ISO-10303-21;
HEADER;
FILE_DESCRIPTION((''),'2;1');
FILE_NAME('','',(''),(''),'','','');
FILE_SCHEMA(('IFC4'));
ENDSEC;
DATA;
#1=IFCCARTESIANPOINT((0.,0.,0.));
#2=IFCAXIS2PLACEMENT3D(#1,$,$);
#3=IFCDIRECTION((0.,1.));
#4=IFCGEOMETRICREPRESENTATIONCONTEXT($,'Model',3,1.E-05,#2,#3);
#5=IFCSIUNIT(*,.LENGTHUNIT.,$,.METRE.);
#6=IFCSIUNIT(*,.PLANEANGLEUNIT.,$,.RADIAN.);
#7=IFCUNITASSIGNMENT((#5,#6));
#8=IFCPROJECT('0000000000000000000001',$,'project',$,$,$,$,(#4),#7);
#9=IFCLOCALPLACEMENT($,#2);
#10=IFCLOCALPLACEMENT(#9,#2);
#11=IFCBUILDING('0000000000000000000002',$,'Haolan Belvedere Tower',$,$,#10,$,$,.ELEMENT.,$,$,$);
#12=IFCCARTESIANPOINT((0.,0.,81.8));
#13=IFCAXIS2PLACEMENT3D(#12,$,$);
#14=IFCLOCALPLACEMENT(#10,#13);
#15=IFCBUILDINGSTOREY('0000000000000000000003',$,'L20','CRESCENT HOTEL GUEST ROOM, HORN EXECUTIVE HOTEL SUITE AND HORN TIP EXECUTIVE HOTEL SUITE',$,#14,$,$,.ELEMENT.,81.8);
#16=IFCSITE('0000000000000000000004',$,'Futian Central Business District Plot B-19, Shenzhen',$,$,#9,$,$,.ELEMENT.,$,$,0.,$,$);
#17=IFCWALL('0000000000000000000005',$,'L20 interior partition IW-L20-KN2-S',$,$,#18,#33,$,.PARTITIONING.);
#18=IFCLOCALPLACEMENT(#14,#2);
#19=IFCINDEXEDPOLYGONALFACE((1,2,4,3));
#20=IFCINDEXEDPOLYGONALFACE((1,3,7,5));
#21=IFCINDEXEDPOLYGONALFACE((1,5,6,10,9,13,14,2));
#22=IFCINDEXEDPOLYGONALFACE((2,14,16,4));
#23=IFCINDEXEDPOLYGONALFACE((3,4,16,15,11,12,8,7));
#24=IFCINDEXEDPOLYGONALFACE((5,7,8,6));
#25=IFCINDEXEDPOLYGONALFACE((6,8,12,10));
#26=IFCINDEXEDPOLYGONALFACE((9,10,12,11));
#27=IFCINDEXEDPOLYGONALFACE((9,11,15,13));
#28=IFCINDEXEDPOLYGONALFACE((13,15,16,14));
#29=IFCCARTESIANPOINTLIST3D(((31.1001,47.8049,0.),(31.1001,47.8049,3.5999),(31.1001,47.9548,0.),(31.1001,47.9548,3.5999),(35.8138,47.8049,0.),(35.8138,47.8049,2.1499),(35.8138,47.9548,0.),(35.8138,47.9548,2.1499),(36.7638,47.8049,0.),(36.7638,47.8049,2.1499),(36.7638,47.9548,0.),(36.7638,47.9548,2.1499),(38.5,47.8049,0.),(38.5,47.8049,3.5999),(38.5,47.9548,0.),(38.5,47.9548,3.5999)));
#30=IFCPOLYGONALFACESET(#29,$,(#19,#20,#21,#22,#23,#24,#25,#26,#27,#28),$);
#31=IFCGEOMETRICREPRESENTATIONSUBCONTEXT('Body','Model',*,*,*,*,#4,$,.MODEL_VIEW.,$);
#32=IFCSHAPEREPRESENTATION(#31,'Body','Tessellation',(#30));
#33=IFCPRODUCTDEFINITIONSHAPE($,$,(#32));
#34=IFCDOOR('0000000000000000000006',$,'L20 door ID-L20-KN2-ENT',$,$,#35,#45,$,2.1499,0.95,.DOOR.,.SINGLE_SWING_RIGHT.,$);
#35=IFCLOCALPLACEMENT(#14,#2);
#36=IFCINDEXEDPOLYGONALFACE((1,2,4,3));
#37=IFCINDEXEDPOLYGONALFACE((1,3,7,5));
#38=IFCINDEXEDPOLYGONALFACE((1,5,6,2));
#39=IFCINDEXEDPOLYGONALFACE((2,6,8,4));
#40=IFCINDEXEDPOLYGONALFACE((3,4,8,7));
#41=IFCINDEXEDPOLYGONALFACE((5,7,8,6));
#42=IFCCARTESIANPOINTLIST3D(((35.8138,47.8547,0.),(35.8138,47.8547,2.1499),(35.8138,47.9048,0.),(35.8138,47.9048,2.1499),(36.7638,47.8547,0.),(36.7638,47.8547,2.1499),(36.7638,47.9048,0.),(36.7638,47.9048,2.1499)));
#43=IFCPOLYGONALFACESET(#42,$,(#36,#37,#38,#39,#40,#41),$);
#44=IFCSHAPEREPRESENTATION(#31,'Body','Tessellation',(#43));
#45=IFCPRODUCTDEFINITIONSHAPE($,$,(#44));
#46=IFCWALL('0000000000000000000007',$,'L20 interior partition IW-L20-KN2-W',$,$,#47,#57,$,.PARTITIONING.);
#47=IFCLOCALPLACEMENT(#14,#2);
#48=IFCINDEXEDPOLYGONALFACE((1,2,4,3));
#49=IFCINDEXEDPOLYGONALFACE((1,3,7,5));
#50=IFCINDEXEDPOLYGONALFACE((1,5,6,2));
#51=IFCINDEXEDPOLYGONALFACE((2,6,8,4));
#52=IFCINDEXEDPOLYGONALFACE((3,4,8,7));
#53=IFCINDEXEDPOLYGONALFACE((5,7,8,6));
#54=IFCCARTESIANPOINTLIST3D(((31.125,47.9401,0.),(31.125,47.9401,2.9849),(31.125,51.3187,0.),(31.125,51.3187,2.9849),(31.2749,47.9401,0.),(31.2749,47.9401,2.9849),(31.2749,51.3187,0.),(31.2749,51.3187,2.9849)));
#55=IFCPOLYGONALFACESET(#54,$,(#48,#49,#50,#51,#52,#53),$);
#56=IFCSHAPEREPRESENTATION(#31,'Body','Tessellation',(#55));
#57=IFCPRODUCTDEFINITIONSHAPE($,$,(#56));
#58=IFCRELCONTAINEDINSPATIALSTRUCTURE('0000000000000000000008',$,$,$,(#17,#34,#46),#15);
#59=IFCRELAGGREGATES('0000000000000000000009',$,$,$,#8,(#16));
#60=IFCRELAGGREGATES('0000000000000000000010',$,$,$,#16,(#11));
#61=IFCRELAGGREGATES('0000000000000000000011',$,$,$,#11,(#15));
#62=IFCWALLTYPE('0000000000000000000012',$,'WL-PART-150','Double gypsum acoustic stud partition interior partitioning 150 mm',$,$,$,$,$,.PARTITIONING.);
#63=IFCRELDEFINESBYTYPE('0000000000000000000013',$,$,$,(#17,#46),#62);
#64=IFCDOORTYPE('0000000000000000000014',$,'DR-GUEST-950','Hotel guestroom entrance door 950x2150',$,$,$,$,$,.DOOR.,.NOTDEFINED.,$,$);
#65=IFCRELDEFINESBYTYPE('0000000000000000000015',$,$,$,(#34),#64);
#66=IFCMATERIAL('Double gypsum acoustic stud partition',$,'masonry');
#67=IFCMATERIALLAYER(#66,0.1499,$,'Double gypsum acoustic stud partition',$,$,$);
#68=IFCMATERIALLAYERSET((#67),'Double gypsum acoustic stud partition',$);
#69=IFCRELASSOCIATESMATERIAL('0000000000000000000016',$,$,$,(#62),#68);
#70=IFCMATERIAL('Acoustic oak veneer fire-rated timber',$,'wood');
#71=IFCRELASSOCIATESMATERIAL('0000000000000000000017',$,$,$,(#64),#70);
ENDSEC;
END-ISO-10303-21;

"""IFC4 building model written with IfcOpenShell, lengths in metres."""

from ifc_helpers import new_model, si_unit, direction, frame, frame_2d, origin, place, context, subcontext, project, spatial, rectangle, extrude, material, layer, layer_set, type_object, element, fill, save


model = new_model("IFC4")

# Units and contexts
model_context = context("Model", 3, precision=1e-05, world=origin(), true_north=direction((0.0, 1.0)))
body_context = subcontext(model_context, "Body", "Model", "MODEL_VIEW")
ifc_project = project(units=[si_unit("LENGTHUNIT", "METRE"), si_unit("PLANEANGLEUNIT", "RADIAN")], contexts=[model_context])

# Site, building, storey
site_placement = place(None, origin())
site = spatial("IfcSite", under=ifc_project, at=site_placement, Name="Futian Central Business District Plot B-19, Shenzhen", CompositionType="ELEMENT", RefElevation=0.0)
building_placement = place(site_placement, origin())
building = spatial("IfcBuilding", under=site, at=building_placement, Name="Haolan Belvedere Tower", CompositionType="ELEMENT")
storey_placement = place(building_placement, frame((0.0, 0.0, 81.8)))
storey = spatial("IfcBuildingStorey", under=building, at=storey_placement, Name="L20", Description="CRESCENT HOTEL GUEST ROOM, HORN EXECUTIVE HOTEL SUITE AND HORN TIP EXECUTIVE HOTEL SUITE", CompositionType="ELEMENT", Elevation=81.8)

# Shared definitions
ifc_material_1 = material(Name="Double gypsum acoustic stud partition", Category="masonry")
ifc_layer_1 = layer(ifc_material_1, 0.1499, Name="Double gypsum acoustic stud partition")
ifc_layer_set_1 = layer_set([ifc_layer_1], Name="Double gypsum acoustic stud partition")
wall_type_1 = type_object("IfcWallType", Name="WL-PART-150", Description="Double gypsum acoustic stud partition interior partitioning 150 mm", PredefinedType="PARTITIONING", material=ifc_layer_set_1)

# Wall, opening, door
wall_1_placement = place(storey_placement, frame((31.1001, 47.8799, 0.0), z_axis=(0.0, 0.0, 1.0), x_axis=(1.0, 0.0, 0.0)))
wall_1 = element("IfcWall", 1, at=wall_1_placement, inside=storey, type_object=wall_type_1, Name="L20 interior partition IW-L20-KN2-S", PredefinedType="PARTITIONING", context=body_context, shape_type="SweptSolid", body=[
    extrude(rectangle(XDim=7.3999, YDim=0.1499, at=frame_2d((3.7, 0.0))), origin(), (0.0, 0.0, 1.0), 3.5999),
])
opening_1_placement = place(wall_1_placement, frame((4.7136, 0.0, 0.0)))
opening_1 = element("IfcOpeningElement", 2, at=opening_1_placement, cuts=wall_1, PredefinedType="OPENING", context=body_context, shape_type="SweptSolid", body=[
    extrude(rectangle(XDim=0.95, YDim=2.1499, at=frame_2d((0.4751, 1.075))), frame((0.0, 0.085, 0.0), z_axis=(0.0, -1.0, 0.0), x_axis=(1.0, 0.0, 0.0)), (0.0, 0.0, 1.0), 0.1699),
])
ifc_material_2 = material(Name="Acoustic oak veneer fire-rated timber", Category="wood")
door_type_1 = type_object("IfcDoorType", Name="DR-GUEST-950", Description="Hotel guestroom entrance door 950x2150", OperationType="NOTDEFINED", PredefinedType="DOOR", material=ifc_material_2)
door_1_placement = place(opening_1_placement, origin())
door_1 = element("IfcDoor", 3, at=door_1_placement, inside=storey, type_object=door_type_1, Name="L20 door ID-L20-KN2-ENT", OperationType="SINGLE_SWING_RIGHT", OverallHeight=2.1499, OverallWidth=0.95, PredefinedType="DOOR", context=body_context, shape_type="SweptSolid", body=[
    extrude(rectangle(XDim=0.95, YDim=2.1499, at=frame_2d((0.4751, 1.075))), frame((0.0, 0.0249, 0.0), z_axis=(0.0, -1.0, 0.0), x_axis=(1.0, 0.0, 0.0)), (0.0, 0.0, 1.0), 0.05),
])
fill(opening_1, door_1)

# Wall
wall_2_placement = place(storey_placement, frame((31.2, 47.9399, 0.0), z_axis=(0.0, 0.0, 1.0), x_axis=(0.0, 1.0, 0.0)))
element("IfcWall", 4, at=wall_2_placement, inside=storey, type_object=wall_type_1, Name="L20 interior partition IW-L20-KN2-W", PredefinedType="PARTITIONING", context=body_context, shape_type="SweptSolid", body=[
    extrude(rectangle(XDim=3.3787, YDim=0.1499, at=frame_2d((1.6895, 0.0))), origin(), (0.0, 0.0, 1.0), 2.9849),
])

save(model, "model.ifc")
